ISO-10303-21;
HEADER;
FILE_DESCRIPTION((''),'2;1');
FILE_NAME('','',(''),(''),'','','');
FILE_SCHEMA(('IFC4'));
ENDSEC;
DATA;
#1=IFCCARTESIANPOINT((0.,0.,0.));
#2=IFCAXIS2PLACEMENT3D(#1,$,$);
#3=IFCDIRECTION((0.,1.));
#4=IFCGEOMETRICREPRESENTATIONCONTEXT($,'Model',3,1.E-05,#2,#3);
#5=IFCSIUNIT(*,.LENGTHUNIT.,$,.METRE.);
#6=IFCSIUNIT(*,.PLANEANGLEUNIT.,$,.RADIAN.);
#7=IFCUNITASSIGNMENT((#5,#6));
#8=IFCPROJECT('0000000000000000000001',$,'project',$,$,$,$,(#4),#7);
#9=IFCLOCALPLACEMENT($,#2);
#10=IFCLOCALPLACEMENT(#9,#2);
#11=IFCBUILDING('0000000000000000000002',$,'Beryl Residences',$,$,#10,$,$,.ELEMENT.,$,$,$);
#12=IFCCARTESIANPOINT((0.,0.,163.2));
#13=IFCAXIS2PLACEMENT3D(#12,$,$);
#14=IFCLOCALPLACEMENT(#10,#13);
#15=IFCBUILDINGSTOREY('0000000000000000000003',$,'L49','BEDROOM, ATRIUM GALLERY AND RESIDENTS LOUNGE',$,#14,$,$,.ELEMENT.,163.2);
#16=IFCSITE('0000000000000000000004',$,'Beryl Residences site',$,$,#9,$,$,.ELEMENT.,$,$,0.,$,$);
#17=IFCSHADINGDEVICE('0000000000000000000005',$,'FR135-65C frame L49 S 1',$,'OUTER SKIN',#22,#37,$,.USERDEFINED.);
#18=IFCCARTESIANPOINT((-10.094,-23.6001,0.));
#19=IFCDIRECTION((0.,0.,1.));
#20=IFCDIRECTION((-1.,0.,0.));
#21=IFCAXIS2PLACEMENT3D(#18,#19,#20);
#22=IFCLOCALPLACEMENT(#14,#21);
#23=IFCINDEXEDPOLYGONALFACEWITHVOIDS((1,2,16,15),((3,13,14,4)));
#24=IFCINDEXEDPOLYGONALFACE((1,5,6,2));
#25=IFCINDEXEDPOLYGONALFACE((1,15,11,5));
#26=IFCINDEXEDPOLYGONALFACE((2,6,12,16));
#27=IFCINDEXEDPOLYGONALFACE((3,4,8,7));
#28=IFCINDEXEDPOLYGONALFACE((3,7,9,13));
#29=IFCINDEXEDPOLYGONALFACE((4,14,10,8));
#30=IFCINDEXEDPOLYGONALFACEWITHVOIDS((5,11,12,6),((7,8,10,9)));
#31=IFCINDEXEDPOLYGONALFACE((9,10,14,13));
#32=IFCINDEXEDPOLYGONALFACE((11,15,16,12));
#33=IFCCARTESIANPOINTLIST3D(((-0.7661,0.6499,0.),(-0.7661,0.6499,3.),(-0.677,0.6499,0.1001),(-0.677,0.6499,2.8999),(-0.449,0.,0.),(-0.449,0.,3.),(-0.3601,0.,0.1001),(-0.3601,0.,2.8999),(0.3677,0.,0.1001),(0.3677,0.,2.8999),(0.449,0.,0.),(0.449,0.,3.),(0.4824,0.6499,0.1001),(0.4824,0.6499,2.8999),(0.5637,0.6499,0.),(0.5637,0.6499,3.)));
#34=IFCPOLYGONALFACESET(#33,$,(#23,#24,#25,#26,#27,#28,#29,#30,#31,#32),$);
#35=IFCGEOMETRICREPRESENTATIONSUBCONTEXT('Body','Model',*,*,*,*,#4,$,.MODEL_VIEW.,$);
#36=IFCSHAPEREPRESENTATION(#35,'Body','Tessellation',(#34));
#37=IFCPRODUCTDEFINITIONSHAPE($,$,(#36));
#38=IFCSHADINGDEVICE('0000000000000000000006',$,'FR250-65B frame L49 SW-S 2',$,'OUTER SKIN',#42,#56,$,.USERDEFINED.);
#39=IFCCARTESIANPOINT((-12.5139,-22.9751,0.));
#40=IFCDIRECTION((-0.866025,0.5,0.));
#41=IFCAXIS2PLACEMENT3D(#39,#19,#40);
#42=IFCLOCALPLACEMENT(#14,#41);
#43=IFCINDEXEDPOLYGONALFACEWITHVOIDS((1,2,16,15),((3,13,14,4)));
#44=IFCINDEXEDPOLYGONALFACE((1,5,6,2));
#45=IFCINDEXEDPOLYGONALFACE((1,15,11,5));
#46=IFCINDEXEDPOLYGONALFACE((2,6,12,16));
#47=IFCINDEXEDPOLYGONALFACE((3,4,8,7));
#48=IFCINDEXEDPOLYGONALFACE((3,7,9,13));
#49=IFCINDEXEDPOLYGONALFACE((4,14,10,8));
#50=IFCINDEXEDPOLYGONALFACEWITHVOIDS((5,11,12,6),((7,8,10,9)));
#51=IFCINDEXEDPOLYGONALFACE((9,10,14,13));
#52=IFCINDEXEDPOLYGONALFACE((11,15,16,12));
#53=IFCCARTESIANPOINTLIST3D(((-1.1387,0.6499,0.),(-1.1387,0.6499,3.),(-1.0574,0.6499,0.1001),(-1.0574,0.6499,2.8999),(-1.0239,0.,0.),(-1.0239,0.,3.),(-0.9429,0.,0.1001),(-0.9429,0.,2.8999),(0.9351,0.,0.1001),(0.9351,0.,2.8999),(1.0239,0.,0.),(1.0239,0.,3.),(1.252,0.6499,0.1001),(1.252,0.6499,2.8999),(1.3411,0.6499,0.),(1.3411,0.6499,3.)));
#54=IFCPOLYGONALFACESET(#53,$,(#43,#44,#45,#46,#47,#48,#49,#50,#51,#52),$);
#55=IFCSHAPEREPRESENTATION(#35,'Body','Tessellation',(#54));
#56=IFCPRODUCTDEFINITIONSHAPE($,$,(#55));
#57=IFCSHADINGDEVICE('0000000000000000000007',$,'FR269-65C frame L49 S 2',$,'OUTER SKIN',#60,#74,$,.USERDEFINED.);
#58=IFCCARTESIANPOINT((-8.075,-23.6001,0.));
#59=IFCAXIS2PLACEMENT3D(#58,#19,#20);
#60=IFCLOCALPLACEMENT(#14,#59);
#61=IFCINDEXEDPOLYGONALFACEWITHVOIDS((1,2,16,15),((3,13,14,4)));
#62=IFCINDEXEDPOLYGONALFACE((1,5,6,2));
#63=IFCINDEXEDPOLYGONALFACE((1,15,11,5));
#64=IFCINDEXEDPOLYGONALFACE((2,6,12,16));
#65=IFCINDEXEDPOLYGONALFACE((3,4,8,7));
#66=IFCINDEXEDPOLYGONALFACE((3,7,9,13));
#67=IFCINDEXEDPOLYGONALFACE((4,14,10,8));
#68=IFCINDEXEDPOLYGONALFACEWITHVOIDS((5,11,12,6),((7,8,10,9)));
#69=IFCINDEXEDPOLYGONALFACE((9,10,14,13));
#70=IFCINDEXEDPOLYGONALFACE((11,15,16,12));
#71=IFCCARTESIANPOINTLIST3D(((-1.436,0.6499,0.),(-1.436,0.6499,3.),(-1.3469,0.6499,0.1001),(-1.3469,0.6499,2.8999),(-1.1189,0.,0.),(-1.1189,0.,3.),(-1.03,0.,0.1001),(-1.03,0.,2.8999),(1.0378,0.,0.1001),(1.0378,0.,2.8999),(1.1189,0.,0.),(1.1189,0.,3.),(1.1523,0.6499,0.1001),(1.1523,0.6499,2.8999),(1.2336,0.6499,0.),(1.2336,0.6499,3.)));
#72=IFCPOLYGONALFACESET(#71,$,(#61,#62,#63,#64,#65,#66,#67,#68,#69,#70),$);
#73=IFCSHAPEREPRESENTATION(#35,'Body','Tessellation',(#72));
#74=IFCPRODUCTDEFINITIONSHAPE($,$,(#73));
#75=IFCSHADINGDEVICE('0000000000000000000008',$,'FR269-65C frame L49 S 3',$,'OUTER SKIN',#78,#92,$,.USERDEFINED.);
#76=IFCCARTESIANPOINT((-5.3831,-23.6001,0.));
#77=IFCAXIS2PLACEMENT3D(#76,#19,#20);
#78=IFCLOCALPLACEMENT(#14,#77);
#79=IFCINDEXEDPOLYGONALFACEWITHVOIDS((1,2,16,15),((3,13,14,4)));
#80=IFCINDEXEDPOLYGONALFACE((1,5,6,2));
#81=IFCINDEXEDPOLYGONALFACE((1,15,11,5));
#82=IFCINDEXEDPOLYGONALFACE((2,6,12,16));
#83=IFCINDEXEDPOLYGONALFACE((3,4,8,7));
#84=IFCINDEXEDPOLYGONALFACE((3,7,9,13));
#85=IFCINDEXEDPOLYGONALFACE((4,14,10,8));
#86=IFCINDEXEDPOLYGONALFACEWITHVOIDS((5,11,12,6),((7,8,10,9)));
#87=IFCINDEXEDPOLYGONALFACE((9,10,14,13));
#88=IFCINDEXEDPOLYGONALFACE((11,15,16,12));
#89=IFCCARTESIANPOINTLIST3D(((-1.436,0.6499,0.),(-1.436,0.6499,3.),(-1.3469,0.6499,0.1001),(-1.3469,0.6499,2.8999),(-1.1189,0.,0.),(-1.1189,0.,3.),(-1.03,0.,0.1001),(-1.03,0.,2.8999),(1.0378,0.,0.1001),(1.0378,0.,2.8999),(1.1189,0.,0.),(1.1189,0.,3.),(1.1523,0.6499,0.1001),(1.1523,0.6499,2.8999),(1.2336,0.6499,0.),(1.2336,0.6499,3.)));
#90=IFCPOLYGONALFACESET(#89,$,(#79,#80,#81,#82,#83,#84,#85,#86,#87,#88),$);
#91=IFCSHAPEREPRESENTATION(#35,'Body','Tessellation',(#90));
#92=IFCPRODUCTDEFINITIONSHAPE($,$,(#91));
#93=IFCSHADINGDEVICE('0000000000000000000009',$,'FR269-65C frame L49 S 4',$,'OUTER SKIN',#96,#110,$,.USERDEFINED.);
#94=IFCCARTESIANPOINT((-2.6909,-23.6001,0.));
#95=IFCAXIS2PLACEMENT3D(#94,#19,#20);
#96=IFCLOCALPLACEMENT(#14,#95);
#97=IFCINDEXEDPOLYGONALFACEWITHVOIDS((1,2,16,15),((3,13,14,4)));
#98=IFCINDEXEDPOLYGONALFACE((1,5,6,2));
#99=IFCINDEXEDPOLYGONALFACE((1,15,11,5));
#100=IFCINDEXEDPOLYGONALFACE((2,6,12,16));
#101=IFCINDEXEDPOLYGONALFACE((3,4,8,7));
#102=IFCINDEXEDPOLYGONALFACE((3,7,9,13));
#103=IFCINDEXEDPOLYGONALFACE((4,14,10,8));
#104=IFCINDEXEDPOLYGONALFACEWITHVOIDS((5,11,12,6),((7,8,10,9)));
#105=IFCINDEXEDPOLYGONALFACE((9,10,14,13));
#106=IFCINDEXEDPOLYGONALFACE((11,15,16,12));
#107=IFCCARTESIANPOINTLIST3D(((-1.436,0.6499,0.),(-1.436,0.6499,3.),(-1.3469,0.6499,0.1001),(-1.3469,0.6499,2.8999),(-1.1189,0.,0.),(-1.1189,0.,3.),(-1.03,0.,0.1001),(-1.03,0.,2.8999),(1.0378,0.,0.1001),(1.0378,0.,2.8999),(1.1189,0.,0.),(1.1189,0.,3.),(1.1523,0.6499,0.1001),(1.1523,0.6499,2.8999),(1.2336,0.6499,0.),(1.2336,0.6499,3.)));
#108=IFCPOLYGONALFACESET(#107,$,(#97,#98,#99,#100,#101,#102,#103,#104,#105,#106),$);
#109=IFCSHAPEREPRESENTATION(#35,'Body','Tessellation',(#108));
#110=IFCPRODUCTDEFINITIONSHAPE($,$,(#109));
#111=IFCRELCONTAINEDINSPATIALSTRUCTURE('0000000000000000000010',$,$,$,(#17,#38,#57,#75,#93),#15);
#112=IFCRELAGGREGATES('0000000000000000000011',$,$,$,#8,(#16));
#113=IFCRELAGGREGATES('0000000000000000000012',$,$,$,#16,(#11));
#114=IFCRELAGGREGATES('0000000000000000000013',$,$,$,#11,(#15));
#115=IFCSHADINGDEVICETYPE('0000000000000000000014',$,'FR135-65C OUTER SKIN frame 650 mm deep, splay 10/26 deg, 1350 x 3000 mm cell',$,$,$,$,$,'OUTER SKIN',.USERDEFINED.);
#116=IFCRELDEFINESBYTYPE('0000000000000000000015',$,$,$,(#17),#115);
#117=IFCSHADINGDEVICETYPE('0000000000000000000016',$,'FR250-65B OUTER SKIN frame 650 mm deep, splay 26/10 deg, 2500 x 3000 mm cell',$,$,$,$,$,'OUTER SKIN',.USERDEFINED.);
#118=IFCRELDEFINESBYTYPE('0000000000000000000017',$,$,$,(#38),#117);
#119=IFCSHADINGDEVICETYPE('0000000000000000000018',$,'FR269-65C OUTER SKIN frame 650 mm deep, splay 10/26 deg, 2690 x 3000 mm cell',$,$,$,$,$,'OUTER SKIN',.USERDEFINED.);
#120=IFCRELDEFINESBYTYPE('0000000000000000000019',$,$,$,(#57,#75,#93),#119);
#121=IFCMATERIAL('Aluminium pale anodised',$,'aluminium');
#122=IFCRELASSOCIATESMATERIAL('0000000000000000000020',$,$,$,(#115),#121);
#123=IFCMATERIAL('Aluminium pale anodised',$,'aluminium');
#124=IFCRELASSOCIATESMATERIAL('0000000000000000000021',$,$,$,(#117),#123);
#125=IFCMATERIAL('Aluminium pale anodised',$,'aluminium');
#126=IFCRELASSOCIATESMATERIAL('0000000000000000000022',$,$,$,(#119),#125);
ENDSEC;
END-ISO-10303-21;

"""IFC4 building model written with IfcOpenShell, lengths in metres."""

from ifc_helpers import new_model, entity, si_unit, direction, frame, origin, place, context, subcontext, project, spatial, source, transform, mapped, material, type_object, type_shapes, element, save


model = new_model("IFC4")

# Units and contexts
model_context = context("Model", 3, precision=1e-05, world=origin(), true_north=direction((0.0, 1.0)))
body_context = subcontext(model_context, "Body", "Model", "MODEL_VIEW")
ifc_project = project(units=[si_unit("LENGTHUNIT", "METRE"), si_unit("PLANEANGLEUNIT", "RADIAN")], contexts=[model_context])

# Site, building, storey
site_placement = place(None, origin())
site = spatial("IfcSite", under=ifc_project, at=site_placement, Name="Beryl Residences site", CompositionType="ELEMENT", RefElevation=0.0)
building_placement = place(site_placement, origin())
building = spatial("IfcBuilding", under=site, at=building_placement, Name="Beryl Residences", CompositionType="ELEMENT")
storey_placement = place(building_placement, frame((0.0, 0.0, 163.2)))
storey = spatial("IfcBuildingStorey", under=building, at=storey_placement, Name="L49", Description="BEDROOM, ATRIUM GALLERY AND RESIDENTS LOUNGE", CompositionType="ELEMENT", Elevation=163.2)

# Shading devices
ifc_material_1 = material(Name="Aluminium pale anodised", Category="aluminium")
shading_device_type_1 = type_object("IfcShadingDeviceType", Name="FR135-65C OUTER SKIN frame 650 mm deep, splay 10/26 deg, 1350 x 3000 mm cell", ElementType="OUTER SKIN", PredefinedType="USERDEFINED", material=ifc_material_1)
cartesian_point_1 = entity("IfcCartesianPoint", [-0.449, 0.0])
cartesian_point_2 = entity("IfcCartesianPoint", [-0.3677, 0.1001])
cartesian_point_3 = entity("IfcCartesianPoint", [-0.5637, 0.0])
cartesian_point_4 = entity("IfcCartesianPoint", [-0.4824, 0.1001])
shared_shape_1 = source(origin(), body_context, "Body", "SweptSolid", [
    entity("IfcExtrudedAreaSolidTapered", entity("IfcArbitraryProfileDefWithVoids", "AREA", None, entity("IfcPolyline", [cartesian_point_1, entity("IfcCartesianPoint", [0.449, 0.0]), entity("IfcCartesianPoint", [0.449, 3.0]), entity("IfcCartesianPoint", [-0.449, 3.0]), cartesian_point_1]), [entity("IfcPolyline", [cartesian_point_2, entity("IfcCartesianPoint", [0.3601, 0.1001]), entity("IfcCartesianPoint", [0.3601, 2.8999]), entity("IfcCartesianPoint", [-0.3677, 2.8999]), cartesian_point_2])]), entity("IfcAxis2Placement3D", entity("IfcCartesianPoint", [0.0, 0.0, 0.0]), entity("IfcDirection", [0.0, 1.0, 0.0]), entity("IfcDirection", [-1.0, 0.0, 0.0])), entity("IfcDirection", [0.0, 0.0, 1.0]), 0.6499, entity("IfcArbitraryProfileDefWithVoids", "AREA", None, entity("IfcPolyline", [cartesian_point_3, entity("IfcCartesianPoint", [0.7661, 0.0]), entity("IfcCartesianPoint", [0.7661, 3.0]), entity("IfcCartesianPoint", [-0.5637, 3.0]), cartesian_point_3]), [entity("IfcPolyline", [cartesian_point_4, entity("IfcCartesianPoint", [0.677, 0.1001]), entity("IfcCartesianPoint", [0.677, 2.8999]), entity("IfcCartesianPoint", [-0.4824, 2.8999]), cartesian_point_4])])),
])
type_shapes(shading_device_type_1, [shared_shape_1])
shading_device_1_placement = place(storey_placement, frame((-10.094, -23.6001, 0.0), z_axis=(0.0, 0.0, 1.0), x_axis=(-1.0, 0.0, 0.0)))
element("IfcShadingDevice", 1, at=shading_device_1_placement, inside=storey, type_object=shading_device_type_1, Name="FR135-65C frame L49 S 1", ObjectType="OUTER SKIN", PredefinedType="USERDEFINED", context=body_context, shape_type="MappedRepresentation", body=[
    mapped(shared_shape_1, transform((0.0, 0.0, 0.0))),
])
ifc_material_2 = material(Name="Aluminium pale anodised", Category="aluminium")
shading_device_type_2 = type_object("IfcShadingDeviceType", Name="FR250-65B OUTER SKIN frame 650 mm deep, splay 26/10 deg, 2500 x 3000 mm cell", ElementType="OUTER SKIN", PredefinedType="USERDEFINED", material=ifc_material_2)
cartesian_point_5 = entity("IfcCartesianPoint", [-1.0239, 0.0])
cartesian_point_6 = entity("IfcCartesianPoint", [-0.9351, 0.1001])
cartesian_point_7 = entity("IfcCartesianPoint", [-1.3411, 0.0])
cartesian_point_8 = entity("IfcCartesianPoint", [-1.252, 0.1001])
shared_shape_2 = source(origin(), body_context, "Body", "SweptSolid", [
    entity("IfcExtrudedAreaSolidTapered", entity("IfcArbitraryProfileDefWithVoids", "AREA", None, entity("IfcPolyline", [cartesian_point_5, entity("IfcCartesianPoint", [1.0239, 0.0]), entity("IfcCartesianPoint", [1.0239, 3.0]), entity("IfcCartesianPoint", [-1.0239, 3.0]), cartesian_point_5]), [entity("IfcPolyline", [cartesian_point_6, entity("IfcCartesianPoint", [0.9429, 0.1001]), entity("IfcCartesianPoint", [0.9429, 2.8999]), entity("IfcCartesianPoint", [-0.9351, 2.8999]), cartesian_point_6])]), entity("IfcAxis2Placement3D", entity("IfcCartesianPoint", [0.0, 0.0, 0.0]), entity("IfcDirection", [0.0, 1.0, 0.0]), entity("IfcDirection", [-1.0, 0.0, 0.0])), entity("IfcDirection", [0.0, 0.0, 1.0]), 0.6499, entity("IfcArbitraryProfileDefWithVoids", "AREA", None, entity("IfcPolyline", [cartesian_point_7, entity("IfcCartesianPoint", [1.1387, 0.0]), entity("IfcCartesianPoint", [1.1387, 3.0]), entity("IfcCartesianPoint", [-1.3411, 3.0]), cartesian_point_7]), [entity("IfcPolyline", [cartesian_point_8, entity("IfcCartesianPoint", [1.0574, 0.1001]), entity("IfcCartesianPoint", [1.0574, 2.8999]), entity("IfcCartesianPoint", [-1.252, 2.8999]), cartesian_point_8])])),
])
type_shapes(shading_device_type_2, [shared_shape_2])
shading_device_2_placement = place(storey_placement, frame((-12.5139, -22.9751, 0.0), z_axis=(0.0, 0.0, 1.0), x_axis=(-0.866025, 0.5, 0.0)))
element("IfcShadingDevice", 2, at=shading_device_2_placement, inside=storey, type_object=shading_device_type_2, Name="FR250-65B frame L49 SW-S 2", ObjectType="OUTER SKIN", PredefinedType="USERDEFINED", context=body_context, shape_type="MappedRepresentation", body=[
    mapped(shared_shape_2, transform((0.0, 0.0, 0.0))),
])
ifc_material_3 = material(Name="Aluminium pale anodised", Category="aluminium")
shading_device_type_3 = type_object("IfcShadingDeviceType", Name="FR269-65C OUTER SKIN frame 650 mm deep, splay 10/26 deg, 2690 x 3000 mm cell", ElementType="OUTER SKIN", PredefinedType="USERDEFINED", material=ifc_material_3)
cartesian_point_9 = entity("IfcCartesianPoint", [-1.1189, 0.0])
cartesian_point_10 = entity("IfcCartesianPoint", [-1.0378, 0.1001])
cartesian_point_11 = entity("IfcCartesianPoint", [-1.2336, 0.0])
cartesian_point_12 = entity("IfcCartesianPoint", [-1.1523, 0.1001])
shared_shape_3 = source(origin(), body_context, "Body", "SweptSolid", [
    entity("IfcExtrudedAreaSolidTapered", entity("IfcArbitraryProfileDefWithVoids", "AREA", None, entity("IfcPolyline", [cartesian_point_9, entity("IfcCartesianPoint", [1.1189, 0.0]), entity("IfcCartesianPoint", [1.1189, 3.0]), entity("IfcCartesianPoint", [-1.1189, 3.0]), cartesian_point_9]), [entity("IfcPolyline", [cartesian_point_10, entity("IfcCartesianPoint", [1.03, 0.1001]), entity("IfcCartesianPoint", [1.03, 2.8999]), entity("IfcCartesianPoint", [-1.0378, 2.8999]), cartesian_point_10])]), entity("IfcAxis2Placement3D", entity("IfcCartesianPoint", [0.0, 0.0, 0.0]), entity("IfcDirection", [0.0, 1.0, 0.0]), entity("IfcDirection", [-1.0, 0.0, 0.0])), entity("IfcDirection", [0.0, 0.0, 1.0]), 0.6499, entity("IfcArbitraryProfileDefWithVoids", "AREA", None, entity("IfcPolyline", [cartesian_point_11, entity("IfcCartesianPoint", [1.436, 0.0]), entity("IfcCartesianPoint", [1.436, 3.0]), entity("IfcCartesianPoint", [-1.2336, 3.0]), cartesian_point_11]), [entity("IfcPolyline", [cartesian_point_12, entity("IfcCartesianPoint", [1.3469, 0.1001]), entity("IfcCartesianPoint", [1.3469, 2.8999]), entity("IfcCartesianPoint", [-1.1523, 2.8999]), cartesian_point_12])])),
])
type_shapes(shading_device_type_3, [shared_shape_3])
for number, where, z_axis, x_axis, name in (
    (3, (-8.075, -23.6001, 0.0), (0.0, 0.0, 1.0), (-1.0, 0.0, 0.0), "FR269-65C frame L49 S 2"),
    (4, (-5.3831, -23.6001, 0.0), (0.0, 0.0, 1.0), (-1.0, 0.0, 0.0), "FR269-65C frame L49 S 3"),
    (5, (-2.6909, -23.6001, 0.0), (0.0, 0.0, 1.0), (-1.0, 0.0, 0.0), "FR269-65C frame L49 S 4"),
):
    element("IfcShadingDevice", number, at=place(storey_placement, frame(where, z_axis=z_axis, x_axis=x_axis)), inside=storey, type_object=shading_device_type_3, Name=name, ObjectType="OUTER SKIN", PredefinedType="USERDEFINED", context=body_context, shape_type="MappedRepresentation", body=[
        mapped(shared_shape_3, transform((0.0, 0.0, 0.0))),
    ])

save(model, "model.ifc")
